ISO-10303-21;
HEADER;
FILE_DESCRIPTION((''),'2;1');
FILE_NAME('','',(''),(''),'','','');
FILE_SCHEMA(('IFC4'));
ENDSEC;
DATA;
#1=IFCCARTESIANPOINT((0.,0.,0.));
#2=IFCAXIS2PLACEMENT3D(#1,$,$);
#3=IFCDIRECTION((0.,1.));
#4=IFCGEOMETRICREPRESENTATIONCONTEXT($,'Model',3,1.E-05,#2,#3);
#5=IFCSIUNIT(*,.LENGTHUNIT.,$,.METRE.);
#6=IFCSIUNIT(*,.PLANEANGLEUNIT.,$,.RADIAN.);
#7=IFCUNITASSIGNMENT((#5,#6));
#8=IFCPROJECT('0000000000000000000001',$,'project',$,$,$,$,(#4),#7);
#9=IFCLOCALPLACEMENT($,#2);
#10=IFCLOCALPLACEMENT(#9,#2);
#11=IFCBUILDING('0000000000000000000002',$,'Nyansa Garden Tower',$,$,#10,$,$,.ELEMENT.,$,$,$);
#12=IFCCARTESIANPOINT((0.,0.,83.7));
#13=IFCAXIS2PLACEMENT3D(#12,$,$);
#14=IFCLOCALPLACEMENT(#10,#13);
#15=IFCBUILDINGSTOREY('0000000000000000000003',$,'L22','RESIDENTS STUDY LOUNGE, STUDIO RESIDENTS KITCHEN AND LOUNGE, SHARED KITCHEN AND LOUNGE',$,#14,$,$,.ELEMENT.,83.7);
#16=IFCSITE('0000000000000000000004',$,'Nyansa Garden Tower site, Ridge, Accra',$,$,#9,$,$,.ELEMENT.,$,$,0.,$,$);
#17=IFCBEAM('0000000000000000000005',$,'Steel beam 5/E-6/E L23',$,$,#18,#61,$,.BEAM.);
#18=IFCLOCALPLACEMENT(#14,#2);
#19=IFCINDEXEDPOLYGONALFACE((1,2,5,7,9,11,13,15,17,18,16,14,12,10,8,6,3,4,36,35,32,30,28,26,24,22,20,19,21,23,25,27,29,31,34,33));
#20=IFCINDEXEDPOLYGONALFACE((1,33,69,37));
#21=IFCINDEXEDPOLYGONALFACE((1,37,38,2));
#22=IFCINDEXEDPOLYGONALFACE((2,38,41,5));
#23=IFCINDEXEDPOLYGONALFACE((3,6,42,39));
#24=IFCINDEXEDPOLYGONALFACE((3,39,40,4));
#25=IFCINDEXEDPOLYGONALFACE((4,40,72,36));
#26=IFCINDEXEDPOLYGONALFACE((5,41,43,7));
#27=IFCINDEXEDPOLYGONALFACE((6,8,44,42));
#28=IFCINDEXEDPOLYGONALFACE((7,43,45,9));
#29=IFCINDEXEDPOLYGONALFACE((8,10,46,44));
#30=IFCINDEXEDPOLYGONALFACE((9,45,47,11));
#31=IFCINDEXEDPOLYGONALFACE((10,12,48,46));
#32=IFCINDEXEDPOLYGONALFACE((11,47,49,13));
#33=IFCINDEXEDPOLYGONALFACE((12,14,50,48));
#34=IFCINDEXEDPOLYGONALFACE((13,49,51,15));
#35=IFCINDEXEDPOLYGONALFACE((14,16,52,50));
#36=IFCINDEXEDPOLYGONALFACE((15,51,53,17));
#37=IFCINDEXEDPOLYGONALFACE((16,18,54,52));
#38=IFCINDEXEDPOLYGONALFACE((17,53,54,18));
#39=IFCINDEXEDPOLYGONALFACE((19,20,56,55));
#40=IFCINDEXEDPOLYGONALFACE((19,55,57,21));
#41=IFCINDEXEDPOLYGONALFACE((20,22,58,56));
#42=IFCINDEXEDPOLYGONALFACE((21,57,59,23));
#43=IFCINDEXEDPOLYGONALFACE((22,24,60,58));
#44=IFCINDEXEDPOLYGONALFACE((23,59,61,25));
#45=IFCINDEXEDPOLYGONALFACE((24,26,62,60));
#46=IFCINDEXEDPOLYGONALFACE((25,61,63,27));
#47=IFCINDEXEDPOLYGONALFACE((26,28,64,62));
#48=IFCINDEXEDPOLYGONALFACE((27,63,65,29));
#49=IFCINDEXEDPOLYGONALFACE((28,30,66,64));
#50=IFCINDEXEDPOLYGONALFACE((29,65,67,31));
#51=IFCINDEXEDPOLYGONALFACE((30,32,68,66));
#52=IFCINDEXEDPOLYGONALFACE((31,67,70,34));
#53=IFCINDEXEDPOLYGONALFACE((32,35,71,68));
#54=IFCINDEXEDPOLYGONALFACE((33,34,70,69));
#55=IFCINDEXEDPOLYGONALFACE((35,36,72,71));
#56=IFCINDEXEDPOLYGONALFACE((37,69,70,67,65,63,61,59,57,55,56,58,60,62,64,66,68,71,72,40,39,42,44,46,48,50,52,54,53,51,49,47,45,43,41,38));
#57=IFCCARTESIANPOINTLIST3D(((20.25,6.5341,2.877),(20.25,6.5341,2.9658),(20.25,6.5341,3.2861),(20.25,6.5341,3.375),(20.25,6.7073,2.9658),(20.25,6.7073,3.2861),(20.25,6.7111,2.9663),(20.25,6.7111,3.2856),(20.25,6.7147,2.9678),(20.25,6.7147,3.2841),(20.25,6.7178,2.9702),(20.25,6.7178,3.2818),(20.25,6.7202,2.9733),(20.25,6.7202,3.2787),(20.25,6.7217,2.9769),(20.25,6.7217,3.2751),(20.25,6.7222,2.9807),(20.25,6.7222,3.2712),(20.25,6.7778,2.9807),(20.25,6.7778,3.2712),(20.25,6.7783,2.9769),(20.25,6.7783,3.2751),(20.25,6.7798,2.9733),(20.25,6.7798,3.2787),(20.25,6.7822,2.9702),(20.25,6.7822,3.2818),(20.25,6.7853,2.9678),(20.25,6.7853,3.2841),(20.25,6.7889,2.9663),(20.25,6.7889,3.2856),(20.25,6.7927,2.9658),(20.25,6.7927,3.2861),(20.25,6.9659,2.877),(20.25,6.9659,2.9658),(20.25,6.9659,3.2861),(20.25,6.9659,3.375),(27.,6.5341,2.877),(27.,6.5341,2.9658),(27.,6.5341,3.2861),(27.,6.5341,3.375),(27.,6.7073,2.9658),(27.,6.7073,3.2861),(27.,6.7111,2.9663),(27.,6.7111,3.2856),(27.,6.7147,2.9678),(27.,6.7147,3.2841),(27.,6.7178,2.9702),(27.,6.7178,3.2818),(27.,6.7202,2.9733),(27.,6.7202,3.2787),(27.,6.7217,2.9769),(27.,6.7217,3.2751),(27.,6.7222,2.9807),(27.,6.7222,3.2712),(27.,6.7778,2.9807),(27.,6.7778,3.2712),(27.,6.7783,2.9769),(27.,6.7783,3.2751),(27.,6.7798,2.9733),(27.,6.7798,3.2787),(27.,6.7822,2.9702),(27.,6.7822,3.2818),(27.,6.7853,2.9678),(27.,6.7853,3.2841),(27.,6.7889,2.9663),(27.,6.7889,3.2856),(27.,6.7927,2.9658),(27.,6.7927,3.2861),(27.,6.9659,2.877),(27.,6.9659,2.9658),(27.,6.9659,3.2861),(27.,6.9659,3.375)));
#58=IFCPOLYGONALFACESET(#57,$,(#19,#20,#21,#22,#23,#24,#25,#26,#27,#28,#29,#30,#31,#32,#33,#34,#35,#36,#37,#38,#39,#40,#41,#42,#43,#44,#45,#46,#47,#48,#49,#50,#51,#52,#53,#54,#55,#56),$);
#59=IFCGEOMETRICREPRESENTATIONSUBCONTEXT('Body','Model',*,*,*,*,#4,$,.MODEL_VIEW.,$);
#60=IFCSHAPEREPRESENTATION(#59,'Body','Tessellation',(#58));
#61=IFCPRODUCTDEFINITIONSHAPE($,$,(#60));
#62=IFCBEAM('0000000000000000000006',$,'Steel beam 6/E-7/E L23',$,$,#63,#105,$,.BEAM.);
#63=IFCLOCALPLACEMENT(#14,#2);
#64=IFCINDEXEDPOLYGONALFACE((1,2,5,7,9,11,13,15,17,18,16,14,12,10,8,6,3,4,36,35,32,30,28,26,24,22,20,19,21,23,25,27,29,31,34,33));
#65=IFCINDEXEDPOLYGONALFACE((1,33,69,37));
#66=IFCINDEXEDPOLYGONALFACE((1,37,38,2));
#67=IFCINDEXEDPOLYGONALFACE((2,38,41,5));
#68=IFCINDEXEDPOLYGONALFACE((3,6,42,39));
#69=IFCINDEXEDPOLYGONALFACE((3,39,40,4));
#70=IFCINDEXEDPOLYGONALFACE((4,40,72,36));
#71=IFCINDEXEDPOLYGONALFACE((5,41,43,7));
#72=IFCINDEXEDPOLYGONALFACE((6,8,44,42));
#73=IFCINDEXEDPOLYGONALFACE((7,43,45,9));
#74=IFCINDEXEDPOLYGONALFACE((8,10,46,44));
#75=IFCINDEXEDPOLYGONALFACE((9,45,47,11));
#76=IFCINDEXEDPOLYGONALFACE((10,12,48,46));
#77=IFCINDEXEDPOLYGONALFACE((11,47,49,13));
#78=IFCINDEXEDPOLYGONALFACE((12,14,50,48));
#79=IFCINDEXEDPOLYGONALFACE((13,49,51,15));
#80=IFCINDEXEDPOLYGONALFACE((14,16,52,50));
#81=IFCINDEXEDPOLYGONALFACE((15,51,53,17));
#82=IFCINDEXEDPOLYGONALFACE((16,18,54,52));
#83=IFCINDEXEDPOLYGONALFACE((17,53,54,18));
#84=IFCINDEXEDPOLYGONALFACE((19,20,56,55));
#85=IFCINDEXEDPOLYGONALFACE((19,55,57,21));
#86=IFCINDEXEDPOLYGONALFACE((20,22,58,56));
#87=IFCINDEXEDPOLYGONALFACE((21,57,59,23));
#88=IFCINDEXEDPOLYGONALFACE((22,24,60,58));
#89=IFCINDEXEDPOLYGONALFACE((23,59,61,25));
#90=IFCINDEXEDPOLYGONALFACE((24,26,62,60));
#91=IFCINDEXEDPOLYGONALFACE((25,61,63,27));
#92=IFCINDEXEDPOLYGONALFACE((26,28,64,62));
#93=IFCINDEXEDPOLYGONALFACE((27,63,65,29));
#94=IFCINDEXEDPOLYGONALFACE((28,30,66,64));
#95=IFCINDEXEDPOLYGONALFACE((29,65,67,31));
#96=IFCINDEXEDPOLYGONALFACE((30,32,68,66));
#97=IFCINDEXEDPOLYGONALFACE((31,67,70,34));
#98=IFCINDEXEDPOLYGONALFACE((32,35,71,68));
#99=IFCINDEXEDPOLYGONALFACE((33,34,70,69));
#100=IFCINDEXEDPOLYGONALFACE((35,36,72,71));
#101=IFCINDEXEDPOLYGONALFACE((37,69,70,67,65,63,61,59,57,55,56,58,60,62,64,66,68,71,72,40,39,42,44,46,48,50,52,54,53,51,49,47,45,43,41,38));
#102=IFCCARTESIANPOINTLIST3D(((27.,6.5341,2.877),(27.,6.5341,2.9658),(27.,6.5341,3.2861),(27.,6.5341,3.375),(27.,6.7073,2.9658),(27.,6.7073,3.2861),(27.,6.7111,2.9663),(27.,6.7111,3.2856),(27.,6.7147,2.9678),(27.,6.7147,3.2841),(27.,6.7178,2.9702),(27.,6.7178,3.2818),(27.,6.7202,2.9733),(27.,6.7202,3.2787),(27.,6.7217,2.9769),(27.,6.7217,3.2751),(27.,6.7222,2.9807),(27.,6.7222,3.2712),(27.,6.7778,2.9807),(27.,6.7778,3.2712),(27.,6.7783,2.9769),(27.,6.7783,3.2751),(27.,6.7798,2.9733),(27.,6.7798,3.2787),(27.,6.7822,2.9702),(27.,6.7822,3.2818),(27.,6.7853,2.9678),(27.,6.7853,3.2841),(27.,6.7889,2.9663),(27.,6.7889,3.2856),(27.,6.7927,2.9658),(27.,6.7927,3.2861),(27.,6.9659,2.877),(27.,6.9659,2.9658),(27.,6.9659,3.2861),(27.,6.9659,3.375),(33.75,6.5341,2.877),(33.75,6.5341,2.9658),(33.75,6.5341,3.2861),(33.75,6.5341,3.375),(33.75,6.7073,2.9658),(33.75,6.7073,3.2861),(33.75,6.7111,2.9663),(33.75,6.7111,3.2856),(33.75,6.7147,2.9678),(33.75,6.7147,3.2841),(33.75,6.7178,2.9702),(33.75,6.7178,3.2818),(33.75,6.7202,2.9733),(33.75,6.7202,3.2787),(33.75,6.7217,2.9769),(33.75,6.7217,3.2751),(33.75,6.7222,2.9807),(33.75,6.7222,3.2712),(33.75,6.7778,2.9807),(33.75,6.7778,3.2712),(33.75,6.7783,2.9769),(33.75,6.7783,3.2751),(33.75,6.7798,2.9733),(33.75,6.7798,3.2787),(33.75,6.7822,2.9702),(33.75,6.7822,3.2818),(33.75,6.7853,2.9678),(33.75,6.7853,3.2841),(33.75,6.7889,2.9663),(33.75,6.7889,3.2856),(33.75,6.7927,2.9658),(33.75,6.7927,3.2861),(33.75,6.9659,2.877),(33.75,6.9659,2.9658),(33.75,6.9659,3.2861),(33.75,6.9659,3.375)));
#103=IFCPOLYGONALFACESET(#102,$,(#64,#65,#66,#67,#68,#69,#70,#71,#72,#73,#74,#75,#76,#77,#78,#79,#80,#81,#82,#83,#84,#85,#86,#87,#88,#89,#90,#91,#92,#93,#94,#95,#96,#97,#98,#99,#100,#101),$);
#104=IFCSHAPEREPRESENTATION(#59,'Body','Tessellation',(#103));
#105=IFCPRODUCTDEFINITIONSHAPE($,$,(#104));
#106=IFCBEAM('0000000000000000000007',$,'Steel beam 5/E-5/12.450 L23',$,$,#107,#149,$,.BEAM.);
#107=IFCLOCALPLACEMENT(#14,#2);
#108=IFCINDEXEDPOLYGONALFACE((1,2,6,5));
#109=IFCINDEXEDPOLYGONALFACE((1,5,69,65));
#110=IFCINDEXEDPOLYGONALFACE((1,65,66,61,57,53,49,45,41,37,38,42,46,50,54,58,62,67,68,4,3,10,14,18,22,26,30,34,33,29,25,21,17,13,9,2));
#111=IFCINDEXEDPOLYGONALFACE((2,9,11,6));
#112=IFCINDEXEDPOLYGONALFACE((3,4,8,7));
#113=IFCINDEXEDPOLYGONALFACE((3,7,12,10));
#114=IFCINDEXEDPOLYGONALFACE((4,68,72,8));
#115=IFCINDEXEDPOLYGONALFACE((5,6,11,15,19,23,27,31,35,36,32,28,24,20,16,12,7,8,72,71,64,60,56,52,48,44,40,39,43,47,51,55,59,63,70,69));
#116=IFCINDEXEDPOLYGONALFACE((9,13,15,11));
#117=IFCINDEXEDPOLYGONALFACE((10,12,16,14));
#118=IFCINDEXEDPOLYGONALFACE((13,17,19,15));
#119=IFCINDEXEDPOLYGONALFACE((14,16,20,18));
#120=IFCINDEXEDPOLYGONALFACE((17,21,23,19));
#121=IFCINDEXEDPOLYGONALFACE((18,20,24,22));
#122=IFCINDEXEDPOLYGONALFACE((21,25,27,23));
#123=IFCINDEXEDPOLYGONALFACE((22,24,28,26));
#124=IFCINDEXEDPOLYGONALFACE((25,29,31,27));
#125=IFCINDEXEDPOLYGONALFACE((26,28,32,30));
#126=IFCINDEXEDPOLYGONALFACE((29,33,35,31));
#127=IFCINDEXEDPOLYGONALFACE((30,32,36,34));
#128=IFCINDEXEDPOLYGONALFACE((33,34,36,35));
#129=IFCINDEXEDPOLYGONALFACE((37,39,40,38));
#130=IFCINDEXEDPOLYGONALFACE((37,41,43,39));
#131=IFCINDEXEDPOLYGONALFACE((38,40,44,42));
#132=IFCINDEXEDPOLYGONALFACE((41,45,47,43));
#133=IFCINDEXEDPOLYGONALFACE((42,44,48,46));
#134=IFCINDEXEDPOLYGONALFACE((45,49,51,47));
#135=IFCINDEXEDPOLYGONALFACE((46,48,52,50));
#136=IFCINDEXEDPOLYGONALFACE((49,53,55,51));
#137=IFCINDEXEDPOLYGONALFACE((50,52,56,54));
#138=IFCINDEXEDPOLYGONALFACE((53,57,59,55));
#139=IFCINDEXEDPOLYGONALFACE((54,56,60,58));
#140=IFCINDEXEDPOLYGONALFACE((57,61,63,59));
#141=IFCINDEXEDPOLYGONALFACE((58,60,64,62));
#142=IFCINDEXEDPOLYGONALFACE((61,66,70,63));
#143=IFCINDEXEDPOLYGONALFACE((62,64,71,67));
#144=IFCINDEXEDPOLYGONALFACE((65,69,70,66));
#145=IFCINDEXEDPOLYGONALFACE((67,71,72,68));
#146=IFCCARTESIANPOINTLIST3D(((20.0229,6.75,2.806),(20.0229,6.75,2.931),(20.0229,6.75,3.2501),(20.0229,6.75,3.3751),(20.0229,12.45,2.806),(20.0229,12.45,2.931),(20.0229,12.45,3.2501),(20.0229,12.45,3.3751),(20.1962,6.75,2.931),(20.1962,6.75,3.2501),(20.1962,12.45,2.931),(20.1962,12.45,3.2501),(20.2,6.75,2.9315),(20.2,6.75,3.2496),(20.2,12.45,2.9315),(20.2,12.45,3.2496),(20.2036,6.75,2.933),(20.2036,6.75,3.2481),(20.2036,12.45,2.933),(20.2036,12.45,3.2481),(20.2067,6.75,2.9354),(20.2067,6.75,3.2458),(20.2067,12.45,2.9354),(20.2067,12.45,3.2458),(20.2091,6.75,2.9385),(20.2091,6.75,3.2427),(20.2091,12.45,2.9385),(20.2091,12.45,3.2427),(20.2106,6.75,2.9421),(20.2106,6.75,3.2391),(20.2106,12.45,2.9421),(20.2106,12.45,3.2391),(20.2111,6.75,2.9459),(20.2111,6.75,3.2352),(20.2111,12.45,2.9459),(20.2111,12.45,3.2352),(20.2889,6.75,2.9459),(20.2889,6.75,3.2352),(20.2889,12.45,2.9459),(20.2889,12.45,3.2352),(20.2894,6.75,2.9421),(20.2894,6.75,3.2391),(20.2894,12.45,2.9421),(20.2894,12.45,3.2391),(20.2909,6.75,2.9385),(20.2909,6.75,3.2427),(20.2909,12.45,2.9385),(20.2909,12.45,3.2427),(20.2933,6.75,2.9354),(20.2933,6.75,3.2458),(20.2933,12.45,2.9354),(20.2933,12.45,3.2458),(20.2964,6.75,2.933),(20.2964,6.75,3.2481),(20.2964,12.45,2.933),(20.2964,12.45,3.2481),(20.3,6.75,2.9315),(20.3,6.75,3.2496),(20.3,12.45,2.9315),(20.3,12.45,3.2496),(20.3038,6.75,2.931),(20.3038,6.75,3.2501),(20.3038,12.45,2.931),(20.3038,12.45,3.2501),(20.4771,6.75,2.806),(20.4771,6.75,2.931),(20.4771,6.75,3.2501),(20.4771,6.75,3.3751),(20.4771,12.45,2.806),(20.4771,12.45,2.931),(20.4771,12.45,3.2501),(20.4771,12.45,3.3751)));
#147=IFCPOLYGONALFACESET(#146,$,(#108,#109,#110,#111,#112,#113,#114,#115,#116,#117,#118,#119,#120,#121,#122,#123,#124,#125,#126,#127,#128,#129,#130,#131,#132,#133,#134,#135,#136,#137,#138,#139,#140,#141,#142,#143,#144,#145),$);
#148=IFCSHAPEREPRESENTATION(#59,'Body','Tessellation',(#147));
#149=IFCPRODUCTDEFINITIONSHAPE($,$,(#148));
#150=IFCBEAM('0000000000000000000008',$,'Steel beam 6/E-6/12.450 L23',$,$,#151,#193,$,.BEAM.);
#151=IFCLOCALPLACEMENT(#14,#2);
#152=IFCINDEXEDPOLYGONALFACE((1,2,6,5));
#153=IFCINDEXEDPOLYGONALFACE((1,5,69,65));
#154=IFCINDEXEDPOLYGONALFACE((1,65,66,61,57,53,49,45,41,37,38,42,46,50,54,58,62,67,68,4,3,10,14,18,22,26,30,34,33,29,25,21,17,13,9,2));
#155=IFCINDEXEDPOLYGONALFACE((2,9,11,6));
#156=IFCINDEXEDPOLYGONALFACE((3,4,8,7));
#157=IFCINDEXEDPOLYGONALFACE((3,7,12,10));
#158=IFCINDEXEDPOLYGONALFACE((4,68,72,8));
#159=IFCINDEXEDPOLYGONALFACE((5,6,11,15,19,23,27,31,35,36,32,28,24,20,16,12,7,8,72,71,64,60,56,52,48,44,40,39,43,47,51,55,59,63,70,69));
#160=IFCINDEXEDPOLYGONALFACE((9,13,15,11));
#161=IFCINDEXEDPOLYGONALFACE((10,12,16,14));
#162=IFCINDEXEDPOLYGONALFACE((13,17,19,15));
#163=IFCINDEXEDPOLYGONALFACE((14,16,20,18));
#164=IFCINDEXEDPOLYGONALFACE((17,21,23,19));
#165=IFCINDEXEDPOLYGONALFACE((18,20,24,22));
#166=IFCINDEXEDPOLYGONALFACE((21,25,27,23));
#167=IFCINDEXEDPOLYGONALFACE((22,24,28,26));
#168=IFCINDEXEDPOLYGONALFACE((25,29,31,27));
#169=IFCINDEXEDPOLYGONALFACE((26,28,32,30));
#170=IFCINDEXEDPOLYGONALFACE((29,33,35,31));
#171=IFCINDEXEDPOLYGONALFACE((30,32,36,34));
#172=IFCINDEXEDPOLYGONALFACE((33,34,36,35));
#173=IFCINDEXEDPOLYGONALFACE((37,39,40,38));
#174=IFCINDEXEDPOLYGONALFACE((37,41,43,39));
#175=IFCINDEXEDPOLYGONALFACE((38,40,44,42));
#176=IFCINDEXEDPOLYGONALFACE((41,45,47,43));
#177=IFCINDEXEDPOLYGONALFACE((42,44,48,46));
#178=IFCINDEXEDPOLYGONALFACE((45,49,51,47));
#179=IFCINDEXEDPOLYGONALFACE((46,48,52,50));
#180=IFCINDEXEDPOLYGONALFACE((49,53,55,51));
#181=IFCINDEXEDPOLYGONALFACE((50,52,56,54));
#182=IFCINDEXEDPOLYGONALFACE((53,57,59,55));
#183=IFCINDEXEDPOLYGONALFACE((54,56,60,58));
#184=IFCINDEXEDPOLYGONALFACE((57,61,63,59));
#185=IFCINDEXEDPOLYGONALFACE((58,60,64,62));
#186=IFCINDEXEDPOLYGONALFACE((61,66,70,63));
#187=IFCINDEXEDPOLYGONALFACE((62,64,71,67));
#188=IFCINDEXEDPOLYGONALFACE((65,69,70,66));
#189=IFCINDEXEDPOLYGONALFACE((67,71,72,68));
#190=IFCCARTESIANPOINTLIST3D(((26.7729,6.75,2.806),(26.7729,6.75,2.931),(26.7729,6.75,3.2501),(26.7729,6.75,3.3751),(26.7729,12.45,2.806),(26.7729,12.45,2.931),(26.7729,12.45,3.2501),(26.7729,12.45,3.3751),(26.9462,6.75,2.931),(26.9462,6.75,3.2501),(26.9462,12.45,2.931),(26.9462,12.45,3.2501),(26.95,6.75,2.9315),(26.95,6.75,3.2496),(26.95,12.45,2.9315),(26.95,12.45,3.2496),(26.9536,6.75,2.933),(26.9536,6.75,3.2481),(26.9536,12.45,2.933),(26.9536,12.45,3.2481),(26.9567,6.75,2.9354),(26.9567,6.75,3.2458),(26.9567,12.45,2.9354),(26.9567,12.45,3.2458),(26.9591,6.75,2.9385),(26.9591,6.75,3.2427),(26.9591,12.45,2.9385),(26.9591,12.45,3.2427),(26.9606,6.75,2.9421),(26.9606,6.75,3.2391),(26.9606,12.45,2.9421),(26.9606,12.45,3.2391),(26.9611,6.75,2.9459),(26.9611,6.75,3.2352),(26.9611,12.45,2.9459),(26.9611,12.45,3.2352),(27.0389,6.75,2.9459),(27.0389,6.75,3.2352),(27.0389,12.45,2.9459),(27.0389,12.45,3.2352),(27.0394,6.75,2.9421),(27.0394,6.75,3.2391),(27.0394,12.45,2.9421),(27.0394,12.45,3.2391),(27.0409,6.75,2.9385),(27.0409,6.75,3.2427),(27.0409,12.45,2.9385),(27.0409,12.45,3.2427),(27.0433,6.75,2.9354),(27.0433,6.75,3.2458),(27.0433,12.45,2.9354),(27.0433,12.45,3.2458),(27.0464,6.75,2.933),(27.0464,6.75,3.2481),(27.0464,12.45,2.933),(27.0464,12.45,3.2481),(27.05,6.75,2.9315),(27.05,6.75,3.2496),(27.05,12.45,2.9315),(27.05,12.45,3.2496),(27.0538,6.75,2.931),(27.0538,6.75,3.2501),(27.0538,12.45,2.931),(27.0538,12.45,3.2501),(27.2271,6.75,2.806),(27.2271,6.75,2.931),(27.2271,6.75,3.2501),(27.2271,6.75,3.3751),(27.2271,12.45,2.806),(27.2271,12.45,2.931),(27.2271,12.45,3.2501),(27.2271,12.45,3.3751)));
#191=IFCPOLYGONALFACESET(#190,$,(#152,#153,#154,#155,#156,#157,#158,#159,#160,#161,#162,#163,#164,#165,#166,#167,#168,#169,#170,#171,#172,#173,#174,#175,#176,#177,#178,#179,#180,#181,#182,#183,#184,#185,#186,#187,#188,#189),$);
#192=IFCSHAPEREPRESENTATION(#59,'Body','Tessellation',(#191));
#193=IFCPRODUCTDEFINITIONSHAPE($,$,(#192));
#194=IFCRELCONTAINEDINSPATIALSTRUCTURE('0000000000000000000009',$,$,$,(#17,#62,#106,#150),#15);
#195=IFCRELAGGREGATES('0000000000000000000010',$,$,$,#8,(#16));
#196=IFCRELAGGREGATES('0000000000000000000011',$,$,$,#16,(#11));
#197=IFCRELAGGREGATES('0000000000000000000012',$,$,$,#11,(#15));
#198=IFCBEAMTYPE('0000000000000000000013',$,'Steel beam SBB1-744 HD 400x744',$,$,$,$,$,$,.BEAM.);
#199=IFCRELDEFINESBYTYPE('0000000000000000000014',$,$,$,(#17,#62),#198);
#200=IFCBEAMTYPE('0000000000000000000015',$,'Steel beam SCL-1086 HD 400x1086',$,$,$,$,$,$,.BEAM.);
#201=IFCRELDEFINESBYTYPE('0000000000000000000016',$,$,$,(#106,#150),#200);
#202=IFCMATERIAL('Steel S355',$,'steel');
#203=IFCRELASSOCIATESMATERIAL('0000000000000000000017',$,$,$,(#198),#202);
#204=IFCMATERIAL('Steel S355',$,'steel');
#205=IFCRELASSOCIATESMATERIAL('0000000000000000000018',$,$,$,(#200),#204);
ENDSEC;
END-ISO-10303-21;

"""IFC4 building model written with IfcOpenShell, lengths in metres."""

from ifc_helpers import new_model, si_unit, direction, frame, origin, origin_2d, place, context, subcontext, project, spatial, i_section, extrude, material, material_profile, profile_set, type_object, element, save


model = new_model("IFC4")

# Units and contexts
model_context = context("Model", 3, precision=1e-05, world=origin(), true_north=direction((0.0, 1.0)))
body_context = subcontext(model_context, "Body", "Model", "MODEL_VIEW")
ifc_project = project(units=[si_unit("LENGTHUNIT", "METRE"), si_unit("PLANEANGLEUNIT", "RADIAN")], contexts=[model_context])

# Site, building, storey
site_placement = place(None, origin())
site = spatial("IfcSite", under=ifc_project, at=site_placement, Name="Nyansa Garden Tower site, Ridge, Accra", CompositionType="ELEMENT", RefElevation=0.0)
building_placement = place(site_placement, origin())
building = spatial("IfcBuilding", under=site, at=building_placement, Name="Nyansa Garden Tower", CompositionType="ELEMENT")
storey_placement = place(building_placement, frame((0.0, 0.0, 83.7)))
storey = spatial("IfcBuildingStorey", under=building, at=storey_placement, Name="L22", Description="RESIDENTS STUDY LOUNGE, STUDIO RESIDENTS KITCHEN AND LOUNGE, SHARED KITCHEN AND LOUNGE", CompositionType="ELEMENT", Elevation=83.7)

# Beams
ifc_material_1 = material(Name="Steel S355", Category="steel")
ifc_material_profile_1 = material_profile(ifc_material_1, i_section(OverallWidth=0.4319, OverallDepth=0.498, WebThickness=0.0557, FlangeThickness=0.0889, FilletRadius=0.0149, at=origin_2d()), Name="HD 400x744")
ifc_profile_set_1 = profile_set([ifc_material_profile_1], Name="Steel S355")
beam_type_1 = type_object("IfcBeamType", Name="Steel beam SBB1-744 HD 400x744", PredefinedType="BEAM", material=ifc_profile_set_1)
for number, where, z_axis, x_axis, name in (
    (1, (20.25, 6.75, 3.126), (1.0, 0.0, 0.0), (0.0, 1.0, 0.0), "Steel beam 5/E-6/E L23"),
    (2, (27.0, 6.75, 3.126), (1.0, 0.0, 0.0), (0.0, 1.0, 0.0), "Steel beam 6/E-7/E L23"),
):
    element("IfcBeam", number, at=place(storey_placement, frame(where, z_axis=z_axis, x_axis=x_axis)), inside=storey, type_object=beam_type_1, Name=name, PredefinedType="BEAM", context=body_context, shape_type="SweptSolid", body=[
        extrude(i_section(OverallWidth=0.4319, OverallDepth=0.498, WebThickness=0.0557, FlangeThickness=0.0889, FilletRadius=0.0149, at=origin_2d()), origin(), (0.0, 0.0, 1.0), 6.75),
    ])
ifc_material_2 = material(Name="Steel S355", Category="steel")
ifc_material_profile_2 = material_profile(ifc_material_2, i_section(OverallWidth=0.4541, OverallDepth=0.5691, WebThickness=0.0779, FlangeThickness=0.125, FilletRadius=0.0149, at=origin_2d()), Name="HD 400x1086")
ifc_profile_set_2 = profile_set([ifc_material_profile_2], Name="Steel S355")
beam_type_2 = type_object("IfcBeamType", Name="Steel beam SCL-1086 HD 400x1086", PredefinedType="BEAM", material=ifc_profile_set_2)
for number, where, z_axis, x_axis, name in (
    (3, (20.25, 6.75, 3.0906), (0.0, 1.0, 0.0), (-1.0, 0.0, 0.0), "Steel beam 5/E-5/12.450 L23"),
    (4, (27.0, 6.75, 3.0906), (0.0, 1.0, 0.0), (-1.0, 0.0, 0.0), "Steel beam 6/E-6/12.450 L23"),
):
    element("IfcBeam", number, at=place(storey_placement, frame(where, z_axis=z_axis, x_axis=x_axis)), inside=storey, type_object=beam_type_2, Name=name, PredefinedType="BEAM", context=body_context, shape_type="SweptSolid", body=[
        extrude(i_section(OverallWidth=0.4541, OverallDepth=0.5691, WebThickness=0.0779, FlangeThickness=0.125, FilletRadius=0.0149, at=origin_2d()), origin(), (0.0, 0.0, 1.0), 5.7),
    ])

save(model, "model.ifc")
